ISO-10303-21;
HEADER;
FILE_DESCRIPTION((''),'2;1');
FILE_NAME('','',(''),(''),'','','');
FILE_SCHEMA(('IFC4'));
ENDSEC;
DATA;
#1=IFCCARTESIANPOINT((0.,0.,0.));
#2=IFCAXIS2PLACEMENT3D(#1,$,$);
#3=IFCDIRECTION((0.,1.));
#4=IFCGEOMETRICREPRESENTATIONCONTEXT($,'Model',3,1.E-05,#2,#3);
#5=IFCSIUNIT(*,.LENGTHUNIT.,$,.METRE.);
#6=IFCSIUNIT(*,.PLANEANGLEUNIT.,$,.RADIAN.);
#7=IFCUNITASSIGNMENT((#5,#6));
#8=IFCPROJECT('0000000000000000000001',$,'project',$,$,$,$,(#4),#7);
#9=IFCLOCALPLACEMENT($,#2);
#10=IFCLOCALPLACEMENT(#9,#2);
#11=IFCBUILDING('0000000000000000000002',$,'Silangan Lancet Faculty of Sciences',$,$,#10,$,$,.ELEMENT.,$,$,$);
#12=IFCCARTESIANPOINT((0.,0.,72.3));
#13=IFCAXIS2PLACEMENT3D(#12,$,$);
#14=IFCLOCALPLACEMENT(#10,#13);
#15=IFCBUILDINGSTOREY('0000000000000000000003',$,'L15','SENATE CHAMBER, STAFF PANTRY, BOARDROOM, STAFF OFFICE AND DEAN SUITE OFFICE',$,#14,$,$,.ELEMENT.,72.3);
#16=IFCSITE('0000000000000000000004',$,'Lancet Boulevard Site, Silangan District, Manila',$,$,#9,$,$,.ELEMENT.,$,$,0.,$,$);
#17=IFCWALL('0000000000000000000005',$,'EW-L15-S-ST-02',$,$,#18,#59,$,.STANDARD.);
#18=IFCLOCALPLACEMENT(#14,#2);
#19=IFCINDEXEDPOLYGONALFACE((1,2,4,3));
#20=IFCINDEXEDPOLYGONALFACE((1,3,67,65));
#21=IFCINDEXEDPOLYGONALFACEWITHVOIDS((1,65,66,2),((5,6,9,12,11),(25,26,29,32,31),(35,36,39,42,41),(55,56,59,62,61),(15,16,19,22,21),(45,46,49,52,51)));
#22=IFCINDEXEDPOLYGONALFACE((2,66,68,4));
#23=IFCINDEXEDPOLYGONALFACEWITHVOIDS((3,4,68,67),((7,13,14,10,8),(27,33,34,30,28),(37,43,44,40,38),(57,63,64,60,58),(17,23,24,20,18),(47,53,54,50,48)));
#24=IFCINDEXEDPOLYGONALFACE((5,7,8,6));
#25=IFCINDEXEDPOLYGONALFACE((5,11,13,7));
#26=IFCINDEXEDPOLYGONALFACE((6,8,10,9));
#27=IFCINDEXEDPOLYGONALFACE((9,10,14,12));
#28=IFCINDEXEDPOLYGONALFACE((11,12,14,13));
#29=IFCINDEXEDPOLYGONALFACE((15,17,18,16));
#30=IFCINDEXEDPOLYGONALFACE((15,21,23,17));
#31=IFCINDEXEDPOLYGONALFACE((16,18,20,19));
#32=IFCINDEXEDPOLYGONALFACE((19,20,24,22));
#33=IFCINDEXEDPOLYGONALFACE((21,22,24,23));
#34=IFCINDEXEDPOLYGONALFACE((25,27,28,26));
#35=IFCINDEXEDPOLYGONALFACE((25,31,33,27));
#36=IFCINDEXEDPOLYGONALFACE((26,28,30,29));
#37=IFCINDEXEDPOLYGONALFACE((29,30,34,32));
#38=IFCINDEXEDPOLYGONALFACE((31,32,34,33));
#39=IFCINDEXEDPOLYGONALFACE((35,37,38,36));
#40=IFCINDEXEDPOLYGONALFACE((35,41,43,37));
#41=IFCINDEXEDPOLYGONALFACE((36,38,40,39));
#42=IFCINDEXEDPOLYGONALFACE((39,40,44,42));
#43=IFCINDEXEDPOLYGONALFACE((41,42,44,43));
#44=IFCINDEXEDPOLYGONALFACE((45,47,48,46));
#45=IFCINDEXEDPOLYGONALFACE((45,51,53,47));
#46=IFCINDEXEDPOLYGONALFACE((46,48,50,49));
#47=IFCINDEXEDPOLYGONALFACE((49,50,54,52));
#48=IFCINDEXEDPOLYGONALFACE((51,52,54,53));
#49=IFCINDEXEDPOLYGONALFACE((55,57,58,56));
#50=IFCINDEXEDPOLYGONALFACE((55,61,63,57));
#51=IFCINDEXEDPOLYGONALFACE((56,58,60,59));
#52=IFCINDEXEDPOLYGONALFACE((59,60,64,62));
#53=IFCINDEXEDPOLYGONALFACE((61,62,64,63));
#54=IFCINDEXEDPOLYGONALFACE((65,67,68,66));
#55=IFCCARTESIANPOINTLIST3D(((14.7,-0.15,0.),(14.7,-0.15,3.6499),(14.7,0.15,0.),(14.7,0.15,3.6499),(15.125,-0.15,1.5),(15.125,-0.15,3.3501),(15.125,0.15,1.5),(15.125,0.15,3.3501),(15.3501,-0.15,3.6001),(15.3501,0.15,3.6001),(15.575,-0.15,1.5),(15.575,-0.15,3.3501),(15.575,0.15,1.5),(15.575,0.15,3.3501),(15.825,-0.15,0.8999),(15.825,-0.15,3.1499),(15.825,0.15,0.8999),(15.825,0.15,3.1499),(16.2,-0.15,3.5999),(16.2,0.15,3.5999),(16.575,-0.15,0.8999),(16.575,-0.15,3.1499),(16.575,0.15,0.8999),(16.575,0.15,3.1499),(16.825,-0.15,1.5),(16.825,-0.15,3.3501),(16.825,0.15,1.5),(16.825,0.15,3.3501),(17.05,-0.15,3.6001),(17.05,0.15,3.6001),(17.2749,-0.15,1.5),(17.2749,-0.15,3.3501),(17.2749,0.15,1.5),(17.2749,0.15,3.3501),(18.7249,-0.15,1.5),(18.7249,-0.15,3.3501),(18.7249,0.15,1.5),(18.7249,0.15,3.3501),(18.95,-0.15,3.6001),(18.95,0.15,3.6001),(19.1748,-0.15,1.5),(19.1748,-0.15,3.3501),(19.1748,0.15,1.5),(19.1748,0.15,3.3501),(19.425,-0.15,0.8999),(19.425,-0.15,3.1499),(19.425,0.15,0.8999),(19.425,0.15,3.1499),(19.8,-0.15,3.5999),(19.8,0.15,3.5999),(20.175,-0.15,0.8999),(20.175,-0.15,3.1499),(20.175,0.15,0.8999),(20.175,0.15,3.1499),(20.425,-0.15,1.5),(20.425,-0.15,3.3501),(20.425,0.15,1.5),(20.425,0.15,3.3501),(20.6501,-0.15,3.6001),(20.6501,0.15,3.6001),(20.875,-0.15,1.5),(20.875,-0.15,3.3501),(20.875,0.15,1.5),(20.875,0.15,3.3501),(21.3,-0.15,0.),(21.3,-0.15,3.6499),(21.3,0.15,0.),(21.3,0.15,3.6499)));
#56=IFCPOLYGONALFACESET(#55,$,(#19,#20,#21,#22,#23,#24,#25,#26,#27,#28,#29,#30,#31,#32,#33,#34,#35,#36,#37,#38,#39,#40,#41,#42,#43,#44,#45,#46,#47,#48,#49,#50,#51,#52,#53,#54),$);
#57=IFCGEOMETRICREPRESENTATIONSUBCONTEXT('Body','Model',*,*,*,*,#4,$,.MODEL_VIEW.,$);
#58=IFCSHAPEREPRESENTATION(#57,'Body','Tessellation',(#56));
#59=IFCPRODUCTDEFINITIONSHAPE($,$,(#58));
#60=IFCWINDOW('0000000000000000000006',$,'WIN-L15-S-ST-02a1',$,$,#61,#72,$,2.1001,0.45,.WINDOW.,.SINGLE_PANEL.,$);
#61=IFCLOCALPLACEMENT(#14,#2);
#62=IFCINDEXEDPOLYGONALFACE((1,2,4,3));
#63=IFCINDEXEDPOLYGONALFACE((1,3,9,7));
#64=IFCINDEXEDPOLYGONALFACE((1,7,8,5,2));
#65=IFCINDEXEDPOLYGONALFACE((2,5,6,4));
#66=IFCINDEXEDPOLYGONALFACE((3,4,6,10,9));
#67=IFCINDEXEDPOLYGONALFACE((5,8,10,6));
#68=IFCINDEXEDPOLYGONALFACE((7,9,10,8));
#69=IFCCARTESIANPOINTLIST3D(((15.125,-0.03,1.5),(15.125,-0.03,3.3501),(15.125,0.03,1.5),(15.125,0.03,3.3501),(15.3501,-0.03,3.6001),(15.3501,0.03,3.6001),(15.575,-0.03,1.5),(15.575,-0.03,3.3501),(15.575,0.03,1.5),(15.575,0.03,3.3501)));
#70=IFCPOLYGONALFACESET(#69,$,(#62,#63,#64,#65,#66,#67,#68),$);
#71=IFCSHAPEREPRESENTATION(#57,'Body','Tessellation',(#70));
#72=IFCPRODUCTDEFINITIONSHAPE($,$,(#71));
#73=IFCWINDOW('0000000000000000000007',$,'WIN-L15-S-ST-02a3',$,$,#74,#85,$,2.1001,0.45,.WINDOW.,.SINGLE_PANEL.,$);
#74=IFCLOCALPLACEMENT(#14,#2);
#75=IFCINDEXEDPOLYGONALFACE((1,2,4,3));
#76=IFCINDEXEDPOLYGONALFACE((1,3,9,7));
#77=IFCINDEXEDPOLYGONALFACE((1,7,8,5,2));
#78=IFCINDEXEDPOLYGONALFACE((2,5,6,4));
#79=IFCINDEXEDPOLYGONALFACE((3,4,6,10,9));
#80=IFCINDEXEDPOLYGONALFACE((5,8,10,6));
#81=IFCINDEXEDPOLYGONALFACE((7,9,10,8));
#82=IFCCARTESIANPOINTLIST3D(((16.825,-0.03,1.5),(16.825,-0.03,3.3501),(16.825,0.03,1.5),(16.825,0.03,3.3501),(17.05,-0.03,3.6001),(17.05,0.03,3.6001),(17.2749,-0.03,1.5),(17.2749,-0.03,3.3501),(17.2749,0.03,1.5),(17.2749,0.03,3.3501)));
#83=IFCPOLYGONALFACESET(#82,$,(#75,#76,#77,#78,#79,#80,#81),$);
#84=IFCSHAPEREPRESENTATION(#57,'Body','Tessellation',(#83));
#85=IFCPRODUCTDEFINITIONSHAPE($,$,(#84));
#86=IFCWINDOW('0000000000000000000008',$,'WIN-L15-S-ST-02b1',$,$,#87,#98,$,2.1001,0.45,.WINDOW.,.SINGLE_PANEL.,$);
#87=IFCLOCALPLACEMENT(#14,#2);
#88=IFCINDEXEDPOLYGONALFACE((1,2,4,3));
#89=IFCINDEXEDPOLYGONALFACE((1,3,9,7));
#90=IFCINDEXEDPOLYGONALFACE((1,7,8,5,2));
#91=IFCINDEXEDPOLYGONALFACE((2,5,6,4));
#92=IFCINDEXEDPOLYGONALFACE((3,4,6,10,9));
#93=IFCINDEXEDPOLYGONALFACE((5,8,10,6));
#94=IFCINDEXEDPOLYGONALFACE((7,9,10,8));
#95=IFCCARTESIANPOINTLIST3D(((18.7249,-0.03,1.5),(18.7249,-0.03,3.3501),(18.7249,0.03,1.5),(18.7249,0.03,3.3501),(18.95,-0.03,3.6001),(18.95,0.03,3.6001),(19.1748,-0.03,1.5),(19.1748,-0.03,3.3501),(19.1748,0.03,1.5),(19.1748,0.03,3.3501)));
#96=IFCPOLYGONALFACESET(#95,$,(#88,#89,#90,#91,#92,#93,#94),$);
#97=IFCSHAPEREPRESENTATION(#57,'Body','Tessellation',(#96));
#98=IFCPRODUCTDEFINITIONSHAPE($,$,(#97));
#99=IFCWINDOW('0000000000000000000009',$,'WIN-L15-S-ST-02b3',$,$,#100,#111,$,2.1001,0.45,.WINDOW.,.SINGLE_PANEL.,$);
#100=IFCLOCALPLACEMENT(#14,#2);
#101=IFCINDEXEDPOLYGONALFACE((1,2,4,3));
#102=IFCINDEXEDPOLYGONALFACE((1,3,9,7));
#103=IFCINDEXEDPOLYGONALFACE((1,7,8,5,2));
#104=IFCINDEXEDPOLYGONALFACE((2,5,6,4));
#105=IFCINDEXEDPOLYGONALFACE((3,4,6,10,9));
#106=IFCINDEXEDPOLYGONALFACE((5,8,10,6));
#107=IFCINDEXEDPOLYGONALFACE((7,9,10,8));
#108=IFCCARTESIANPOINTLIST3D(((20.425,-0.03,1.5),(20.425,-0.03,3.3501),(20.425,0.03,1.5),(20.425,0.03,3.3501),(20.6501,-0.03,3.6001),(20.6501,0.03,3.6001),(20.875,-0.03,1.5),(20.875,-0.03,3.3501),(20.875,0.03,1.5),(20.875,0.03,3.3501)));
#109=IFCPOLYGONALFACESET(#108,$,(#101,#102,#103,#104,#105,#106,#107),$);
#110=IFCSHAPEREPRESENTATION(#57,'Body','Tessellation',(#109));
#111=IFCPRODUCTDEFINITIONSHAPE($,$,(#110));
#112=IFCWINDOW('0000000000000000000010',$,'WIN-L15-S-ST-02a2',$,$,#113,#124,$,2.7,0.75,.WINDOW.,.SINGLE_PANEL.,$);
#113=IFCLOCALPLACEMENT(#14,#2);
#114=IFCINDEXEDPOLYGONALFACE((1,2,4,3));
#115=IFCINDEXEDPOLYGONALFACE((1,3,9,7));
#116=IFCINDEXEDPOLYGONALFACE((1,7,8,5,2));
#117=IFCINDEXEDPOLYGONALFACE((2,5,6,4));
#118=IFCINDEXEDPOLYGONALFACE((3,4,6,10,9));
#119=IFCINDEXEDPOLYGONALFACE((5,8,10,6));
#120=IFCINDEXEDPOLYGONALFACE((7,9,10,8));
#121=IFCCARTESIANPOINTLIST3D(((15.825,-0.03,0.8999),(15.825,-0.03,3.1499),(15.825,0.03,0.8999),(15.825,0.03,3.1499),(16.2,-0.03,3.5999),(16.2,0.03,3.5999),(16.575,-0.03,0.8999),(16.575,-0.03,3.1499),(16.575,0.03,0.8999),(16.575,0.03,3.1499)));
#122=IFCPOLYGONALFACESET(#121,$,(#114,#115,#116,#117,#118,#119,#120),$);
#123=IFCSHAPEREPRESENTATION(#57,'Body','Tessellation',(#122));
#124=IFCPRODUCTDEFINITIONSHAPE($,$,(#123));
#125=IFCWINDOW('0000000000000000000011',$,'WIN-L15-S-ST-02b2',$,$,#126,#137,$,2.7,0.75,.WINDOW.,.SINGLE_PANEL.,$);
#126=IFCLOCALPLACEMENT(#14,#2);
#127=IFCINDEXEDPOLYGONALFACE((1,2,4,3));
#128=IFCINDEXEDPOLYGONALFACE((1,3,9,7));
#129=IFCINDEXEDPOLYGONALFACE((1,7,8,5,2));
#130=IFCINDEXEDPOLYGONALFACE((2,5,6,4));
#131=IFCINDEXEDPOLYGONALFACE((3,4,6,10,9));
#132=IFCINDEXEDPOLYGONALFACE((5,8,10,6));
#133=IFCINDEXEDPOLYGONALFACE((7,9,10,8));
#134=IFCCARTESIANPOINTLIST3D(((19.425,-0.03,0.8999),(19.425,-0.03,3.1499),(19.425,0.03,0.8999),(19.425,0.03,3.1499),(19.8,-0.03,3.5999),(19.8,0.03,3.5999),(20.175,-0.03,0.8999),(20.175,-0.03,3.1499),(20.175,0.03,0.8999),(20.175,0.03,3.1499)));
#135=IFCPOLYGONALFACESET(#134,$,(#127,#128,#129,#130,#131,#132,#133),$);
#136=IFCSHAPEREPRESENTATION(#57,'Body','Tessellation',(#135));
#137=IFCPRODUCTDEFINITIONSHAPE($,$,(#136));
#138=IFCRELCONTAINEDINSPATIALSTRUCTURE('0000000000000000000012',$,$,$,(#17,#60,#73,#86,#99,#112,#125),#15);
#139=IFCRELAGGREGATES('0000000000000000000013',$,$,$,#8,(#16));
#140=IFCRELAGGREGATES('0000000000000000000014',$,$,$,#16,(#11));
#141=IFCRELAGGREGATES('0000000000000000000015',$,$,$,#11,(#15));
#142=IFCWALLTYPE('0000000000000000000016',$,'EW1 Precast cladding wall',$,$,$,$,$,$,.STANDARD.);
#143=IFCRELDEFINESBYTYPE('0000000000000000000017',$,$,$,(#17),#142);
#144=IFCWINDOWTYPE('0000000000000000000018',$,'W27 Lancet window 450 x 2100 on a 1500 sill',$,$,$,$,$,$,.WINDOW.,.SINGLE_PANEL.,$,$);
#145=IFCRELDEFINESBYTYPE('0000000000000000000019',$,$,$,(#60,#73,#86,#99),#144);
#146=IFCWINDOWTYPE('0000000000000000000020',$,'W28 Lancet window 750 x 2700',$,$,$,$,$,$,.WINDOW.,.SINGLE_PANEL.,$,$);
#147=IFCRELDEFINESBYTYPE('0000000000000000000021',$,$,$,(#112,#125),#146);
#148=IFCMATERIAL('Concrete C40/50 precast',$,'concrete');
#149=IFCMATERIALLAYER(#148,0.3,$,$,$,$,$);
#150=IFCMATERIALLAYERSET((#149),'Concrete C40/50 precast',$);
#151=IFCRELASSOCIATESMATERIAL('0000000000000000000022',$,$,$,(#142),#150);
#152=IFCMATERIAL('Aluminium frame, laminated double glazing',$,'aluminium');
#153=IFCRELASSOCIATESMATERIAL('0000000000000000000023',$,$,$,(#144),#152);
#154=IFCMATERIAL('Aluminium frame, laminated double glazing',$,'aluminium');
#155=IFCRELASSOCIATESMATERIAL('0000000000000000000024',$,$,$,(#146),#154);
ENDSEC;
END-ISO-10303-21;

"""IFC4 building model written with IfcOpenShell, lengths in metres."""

from ifc_helpers import new_model, si_unit, direction, frame, frame_2d, origin, place, context, subcontext, project, spatial, polyline, rectangle, outline, extrude, material, layer, layer_set, type_object, element, fill, save


model = new_model("IFC4")

# Units and contexts
model_context = context("Model", 3, precision=1e-05, world=origin(), true_north=direction((0.0, 1.0)))
body_context = subcontext(model_context, "Body", "Model", "MODEL_VIEW")
ifc_project = project(units=[si_unit("LENGTHUNIT", "METRE"), si_unit("PLANEANGLEUNIT", "RADIAN")], contexts=[model_context])

# Site, building, storey
site_placement = place(None, origin())
site = spatial("IfcSite", under=ifc_project, at=site_placement, Name="Lancet Boulevard Site, Silangan District, Manila", CompositionType="ELEMENT", RefElevation=0.0)
building_placement = place(site_placement, origin())
building = spatial("IfcBuilding", under=site, at=building_placement, Name="Silangan Lancet Faculty of Sciences", CompositionType="ELEMENT")
storey_placement = place(building_placement, frame((0.0, 0.0, 72.3)))
storey = spatial("IfcBuildingStorey", under=building, at=storey_placement, Name="L15", Description="SENATE CHAMBER, STAFF PANTRY, BOARDROOM, STAFF OFFICE AND DEAN SUITE OFFICE", CompositionType="ELEMENT", Elevation=72.3)

# Wall, openings, windows
ifc_material_1 = material(Name="Concrete C40/50 precast", Category="concrete")
ifc_layer_1 = layer(ifc_material_1, 0.3)
ifc_layer_set_1 = layer_set([ifc_layer_1], Name="Concrete C40/50 precast")
wall_type_1 = type_object("IfcWallType", Name="EW1 Precast cladding wall", PredefinedType="STANDARD", material=ifc_layer_set_1)
wall_1_placement = place(storey_placement, frame((14.7, 0.0, 0.0), z_axis=(0.0, 0.0, 1.0), x_axis=(1.0, 0.0, 0.0)))
wall_1 = element("IfcWall", 1, at=wall_1_placement, inside=storey, type_object=wall_type_1, Name="EW-L15-S-ST-02", PredefinedType="STANDARD", context=body_context, shape_type="SweptSolid", body=[
    extrude(rectangle(XDim=6.6001, YDim=0.3, at=frame_2d((3.3, 0.0))), origin(), (0.0, 0.0, 1.0), 3.6499),
])
opening_1_placement = place(wall_1_placement, frame((0.425, 0.0, 1.5)))
opening_1 = element("IfcOpeningElement", 2, at=opening_1_placement, cuts=wall_1, PredefinedType="OPENING", context=body_context, shape_type="SweptSolid", body=[
    extrude(outline(polyline([(0.0, 0.0), (0.45, 0.0), (0.45, 1.8501), (0.2251, 2.1001), (0.0, 1.8501), (0.0, 0.0)])), frame((0.0, 0.1599, 0.0), z_axis=(0.0, -1.0, 0.0), x_axis=(1.0, 0.0, 0.0)), (0.0, 0.0, 1.0), 0.3201),
])
opening_2_placement = place(wall_1_placement, frame((1.125, 0.0, 0.8999)))
opening_2 = element("IfcOpeningElement", 3, at=opening_2_placement, cuts=wall_1, PredefinedType="OPENING", context=body_context, shape_type="SweptSolid", body=[
    extrude(outline(polyline([(0.0, 0.0), (0.75, 0.0), (0.75, 2.25), (0.375, 2.7), (0.0, 2.25), (0.0, 0.0)])), frame((0.0, 0.1599, 0.0), z_axis=(0.0, -1.0, 0.0), x_axis=(1.0, 0.0, 0.0)), (0.0, 0.0, 1.0), 0.3201),
])
opening_3_placement = place(wall_1_placement, frame((2.125, 0.0, 1.5)))
opening_3 = element("IfcOpeningElement", 4, at=opening_3_placement, cuts=wall_1, PredefinedType="OPENING", context=body_context, shape_type="SweptSolid", body=[
    extrude(outline(polyline([(0.0, 0.0), (0.45, 0.0), (0.45, 1.8501), (0.2251, 2.1001), (0.0, 1.8501), (0.0, 0.0)])), frame((0.0, 0.1599, 0.0), z_axis=(0.0, -1.0, 0.0), x_axis=(1.0, 0.0, 0.0)), (0.0, 0.0, 1.0), 0.3201),
])
opening_4_placement = place(wall_1_placement, frame((4.0249, 0.0, 1.5)))
opening_4 = element("IfcOpeningElement", 5, at=opening_4_placement, cuts=wall_1, PredefinedType="OPENING", context=body_context, shape_type="SweptSolid", body=[
    extrude(outline(polyline([(0.0, 0.0), (0.45, 0.0), (0.45, 1.8501), (0.2251, 2.1001), (0.0, 1.8501), (0.0, 0.0)])), frame((0.0, 0.1599, 0.0), z_axis=(0.0, -1.0, 0.0), x_axis=(1.0, 0.0, 0.0)), (0.0, 0.0, 1.0), 0.3201),
])
opening_5_placement = place(wall_1_placement, frame((4.7251, 0.0, 0.8999)))
opening_5 = element("IfcOpeningElement", 6, at=opening_5_placement, cuts=wall_1, PredefinedType="OPENING", context=body_context, shape_type="SweptSolid", body=[
    extrude(outline(polyline([(0.0, 0.0), (0.75, 0.0), (0.75, 2.25), (0.375, 2.7), (0.0, 2.25), (0.0, 0.0)])), frame((0.0, 0.1599, 0.0), z_axis=(0.0, -1.0, 0.0), x_axis=(1.0, 0.0, 0.0)), (0.0, 0.0, 1.0), 0.3201),
])
opening_6_placement = place(wall_1_placement, frame((5.7251, 0.0, 1.5)))
opening_6 = element("IfcOpeningElement", 7, at=opening_6_placement, cuts=wall_1, PredefinedType="OPENING", context=body_context, shape_type="SweptSolid", body=[
    extrude(outline(polyline([(0.0, 0.0), (0.45, 0.0), (0.45, 1.8501), (0.2251, 2.1001), (0.0, 1.8501), (0.0, 0.0)])), frame((0.0, 0.1599, 0.0), z_axis=(0.0, -1.0, 0.0), x_axis=(1.0, 0.0, 0.0)), (0.0, 0.0, 1.0), 0.3201),
])
ifc_material_2 = material(Name="Aluminium frame, laminated double glazing", Category="aluminium")
window_type_1 = type_object("IfcWindowType", Name="W27 Lancet window 450 x 2100 on a 1500 sill", PartitioningType="SINGLE_PANEL", PredefinedType="WINDOW", material=ifc_material_2)
window_1_placement = place(opening_1_placement, origin())
window_1 = element("IfcWindow", 8, at=window_1_placement, inside=storey, type_object=window_type_1, Name="WIN-L15-S-ST-02a1", OverallHeight=2.1001, OverallWidth=0.45, PartitioningType="SINGLE_PANEL", PredefinedType="WINDOW", context=body_context, shape_type="SweptSolid", body=[
    extrude(outline(polyline([(0.0, 0.0), (0.45, 0.0), (0.45, 1.8501), (0.2251, 2.1001), (0.0, 1.8501), (0.0, 0.0)])), frame((0.0, 0.03, 0.0), z_axis=(0.0, -1.0, 0.0), x_axis=(1.0, 0.0, 0.0)), (0.0, 0.0, 1.0), 0.0601),
])
fill(opening_1, window_1)
window_2_placement = place(opening_3_placement, origin())
window_2 = element("IfcWindow", 9, at=window_2_placement, inside=storey, type_object=window_type_1, Name="WIN-L15-S-ST-02a3", OverallHeight=2.1001, OverallWidth=0.45, PartitioningType="SINGLE_PANEL", PredefinedType="WINDOW", context=body_context, shape_type="SweptSolid", body=[
    extrude(outline(polyline([(0.0, 0.0), (0.45, 0.0), (0.45, 1.8501), (0.2251, 2.1001), (0.0, 1.8501), (0.0, 0.0)])), frame((0.0, 0.03, 0.0), z_axis=(0.0, -1.0, 0.0), x_axis=(1.0, 0.0, 0.0)), (0.0, 0.0, 1.0), 0.0601),
])
fill(opening_3, window_2)
window_3_placement = place(opening_4_placement, origin())
window_3 = element("IfcWindow", 10, at=window_3_placement, inside=storey, type_object=window_type_1, Name="WIN-L15-S-ST-02b1", OverallHeight=2.1001, OverallWidth=0.45, PartitioningType="SINGLE_PANEL", PredefinedType="WINDOW", context=body_context, shape_type="SweptSolid", body=[
    extrude(outline(polyline([(0.0, 0.0), (0.45, 0.0), (0.45, 1.8501), (0.2251, 2.1001), (0.0, 1.8501), (0.0, 0.0)])), frame((0.0, 0.03, 0.0), z_axis=(0.0, -1.0, 0.0), x_axis=(1.0, 0.0, 0.0)), (0.0, 0.0, 1.0), 0.0601),
])
fill(opening_4, window_3)
window_4_placement = place(opening_6_placement, origin())
window_4 = element("IfcWindow", 11, at=window_4_placement, inside=storey, type_object=window_type_1, Name="WIN-L15-S-ST-02b3", OverallHeight=2.1001, OverallWidth=0.45, PartitioningType="SINGLE_PANEL", PredefinedType="WINDOW", context=body_context, shape_type="SweptSolid", body=[
    extrude(outline(polyline([(0.0, 0.0), (0.45, 0.0), (0.45, 1.8501), (0.2251, 2.1001), (0.0, 1.8501), (0.0, 0.0)])), frame((0.0, 0.03, 0.0), z_axis=(0.0, -1.0, 0.0), x_axis=(1.0, 0.0, 0.0)), (0.0, 0.0, 1.0), 0.0601),
])
fill(opening_6, window_4)
ifc_material_3 = material(Name="Aluminium frame, laminated double glazing", Category="aluminium")
window_type_2 = type_object("IfcWindowType", Name="W28 Lancet window 750 x 2700", PartitioningType="SINGLE_PANEL", PredefinedType="WINDOW", material=ifc_material_3)
window_5_placement = place(opening_2_placement, origin())
window_5 = element("IfcWindow", 12, at=window_5_placement, inside=storey, type_object=window_type_2, Name="WIN-L15-S-ST-02a2", OverallHeight=2.7, OverallWidth=0.75, PartitioningType="SINGLE_PANEL", PredefinedType="WINDOW", context=body_context, shape_type="SweptSolid", body=[
    extrude(outline(polyline([(0.0, 0.0), (0.75, 0.0), (0.75, 2.25), (0.375, 2.7), (0.0, 2.25), (0.0, 0.0)])), frame((0.0, 0.03, 0.0), z_axis=(0.0, -1.0, 0.0), x_axis=(1.0, 0.0, 0.0)), (0.0, 0.0, 1.0), 0.0601),
])
fill(opening_2, window_5)
window_6_placement = place(opening_5_placement, origin())
window_6 = element("IfcWindow", 13, at=window_6_placement, inside=storey, type_object=window_type_2, Name="WIN-L15-S-ST-02b2", OverallHeight=2.7, OverallWidth=0.75, PartitioningType="SINGLE_PANEL", PredefinedType="WINDOW", context=body_context, shape_type="SweptSolid", body=[
    extrude(outline(polyline([(0.0, 0.0), (0.75, 0.0), (0.75, 2.25), (0.375, 2.7), (0.0, 2.25), (0.0, 0.0)])), frame((0.0, 0.03, 0.0), z_axis=(0.0, -1.0, 0.0), x_axis=(1.0, 0.0, 0.0)), (0.0, 0.0, 1.0), 0.0601),
])
fill(opening_5, window_6)

save(model, "model.ifc")
